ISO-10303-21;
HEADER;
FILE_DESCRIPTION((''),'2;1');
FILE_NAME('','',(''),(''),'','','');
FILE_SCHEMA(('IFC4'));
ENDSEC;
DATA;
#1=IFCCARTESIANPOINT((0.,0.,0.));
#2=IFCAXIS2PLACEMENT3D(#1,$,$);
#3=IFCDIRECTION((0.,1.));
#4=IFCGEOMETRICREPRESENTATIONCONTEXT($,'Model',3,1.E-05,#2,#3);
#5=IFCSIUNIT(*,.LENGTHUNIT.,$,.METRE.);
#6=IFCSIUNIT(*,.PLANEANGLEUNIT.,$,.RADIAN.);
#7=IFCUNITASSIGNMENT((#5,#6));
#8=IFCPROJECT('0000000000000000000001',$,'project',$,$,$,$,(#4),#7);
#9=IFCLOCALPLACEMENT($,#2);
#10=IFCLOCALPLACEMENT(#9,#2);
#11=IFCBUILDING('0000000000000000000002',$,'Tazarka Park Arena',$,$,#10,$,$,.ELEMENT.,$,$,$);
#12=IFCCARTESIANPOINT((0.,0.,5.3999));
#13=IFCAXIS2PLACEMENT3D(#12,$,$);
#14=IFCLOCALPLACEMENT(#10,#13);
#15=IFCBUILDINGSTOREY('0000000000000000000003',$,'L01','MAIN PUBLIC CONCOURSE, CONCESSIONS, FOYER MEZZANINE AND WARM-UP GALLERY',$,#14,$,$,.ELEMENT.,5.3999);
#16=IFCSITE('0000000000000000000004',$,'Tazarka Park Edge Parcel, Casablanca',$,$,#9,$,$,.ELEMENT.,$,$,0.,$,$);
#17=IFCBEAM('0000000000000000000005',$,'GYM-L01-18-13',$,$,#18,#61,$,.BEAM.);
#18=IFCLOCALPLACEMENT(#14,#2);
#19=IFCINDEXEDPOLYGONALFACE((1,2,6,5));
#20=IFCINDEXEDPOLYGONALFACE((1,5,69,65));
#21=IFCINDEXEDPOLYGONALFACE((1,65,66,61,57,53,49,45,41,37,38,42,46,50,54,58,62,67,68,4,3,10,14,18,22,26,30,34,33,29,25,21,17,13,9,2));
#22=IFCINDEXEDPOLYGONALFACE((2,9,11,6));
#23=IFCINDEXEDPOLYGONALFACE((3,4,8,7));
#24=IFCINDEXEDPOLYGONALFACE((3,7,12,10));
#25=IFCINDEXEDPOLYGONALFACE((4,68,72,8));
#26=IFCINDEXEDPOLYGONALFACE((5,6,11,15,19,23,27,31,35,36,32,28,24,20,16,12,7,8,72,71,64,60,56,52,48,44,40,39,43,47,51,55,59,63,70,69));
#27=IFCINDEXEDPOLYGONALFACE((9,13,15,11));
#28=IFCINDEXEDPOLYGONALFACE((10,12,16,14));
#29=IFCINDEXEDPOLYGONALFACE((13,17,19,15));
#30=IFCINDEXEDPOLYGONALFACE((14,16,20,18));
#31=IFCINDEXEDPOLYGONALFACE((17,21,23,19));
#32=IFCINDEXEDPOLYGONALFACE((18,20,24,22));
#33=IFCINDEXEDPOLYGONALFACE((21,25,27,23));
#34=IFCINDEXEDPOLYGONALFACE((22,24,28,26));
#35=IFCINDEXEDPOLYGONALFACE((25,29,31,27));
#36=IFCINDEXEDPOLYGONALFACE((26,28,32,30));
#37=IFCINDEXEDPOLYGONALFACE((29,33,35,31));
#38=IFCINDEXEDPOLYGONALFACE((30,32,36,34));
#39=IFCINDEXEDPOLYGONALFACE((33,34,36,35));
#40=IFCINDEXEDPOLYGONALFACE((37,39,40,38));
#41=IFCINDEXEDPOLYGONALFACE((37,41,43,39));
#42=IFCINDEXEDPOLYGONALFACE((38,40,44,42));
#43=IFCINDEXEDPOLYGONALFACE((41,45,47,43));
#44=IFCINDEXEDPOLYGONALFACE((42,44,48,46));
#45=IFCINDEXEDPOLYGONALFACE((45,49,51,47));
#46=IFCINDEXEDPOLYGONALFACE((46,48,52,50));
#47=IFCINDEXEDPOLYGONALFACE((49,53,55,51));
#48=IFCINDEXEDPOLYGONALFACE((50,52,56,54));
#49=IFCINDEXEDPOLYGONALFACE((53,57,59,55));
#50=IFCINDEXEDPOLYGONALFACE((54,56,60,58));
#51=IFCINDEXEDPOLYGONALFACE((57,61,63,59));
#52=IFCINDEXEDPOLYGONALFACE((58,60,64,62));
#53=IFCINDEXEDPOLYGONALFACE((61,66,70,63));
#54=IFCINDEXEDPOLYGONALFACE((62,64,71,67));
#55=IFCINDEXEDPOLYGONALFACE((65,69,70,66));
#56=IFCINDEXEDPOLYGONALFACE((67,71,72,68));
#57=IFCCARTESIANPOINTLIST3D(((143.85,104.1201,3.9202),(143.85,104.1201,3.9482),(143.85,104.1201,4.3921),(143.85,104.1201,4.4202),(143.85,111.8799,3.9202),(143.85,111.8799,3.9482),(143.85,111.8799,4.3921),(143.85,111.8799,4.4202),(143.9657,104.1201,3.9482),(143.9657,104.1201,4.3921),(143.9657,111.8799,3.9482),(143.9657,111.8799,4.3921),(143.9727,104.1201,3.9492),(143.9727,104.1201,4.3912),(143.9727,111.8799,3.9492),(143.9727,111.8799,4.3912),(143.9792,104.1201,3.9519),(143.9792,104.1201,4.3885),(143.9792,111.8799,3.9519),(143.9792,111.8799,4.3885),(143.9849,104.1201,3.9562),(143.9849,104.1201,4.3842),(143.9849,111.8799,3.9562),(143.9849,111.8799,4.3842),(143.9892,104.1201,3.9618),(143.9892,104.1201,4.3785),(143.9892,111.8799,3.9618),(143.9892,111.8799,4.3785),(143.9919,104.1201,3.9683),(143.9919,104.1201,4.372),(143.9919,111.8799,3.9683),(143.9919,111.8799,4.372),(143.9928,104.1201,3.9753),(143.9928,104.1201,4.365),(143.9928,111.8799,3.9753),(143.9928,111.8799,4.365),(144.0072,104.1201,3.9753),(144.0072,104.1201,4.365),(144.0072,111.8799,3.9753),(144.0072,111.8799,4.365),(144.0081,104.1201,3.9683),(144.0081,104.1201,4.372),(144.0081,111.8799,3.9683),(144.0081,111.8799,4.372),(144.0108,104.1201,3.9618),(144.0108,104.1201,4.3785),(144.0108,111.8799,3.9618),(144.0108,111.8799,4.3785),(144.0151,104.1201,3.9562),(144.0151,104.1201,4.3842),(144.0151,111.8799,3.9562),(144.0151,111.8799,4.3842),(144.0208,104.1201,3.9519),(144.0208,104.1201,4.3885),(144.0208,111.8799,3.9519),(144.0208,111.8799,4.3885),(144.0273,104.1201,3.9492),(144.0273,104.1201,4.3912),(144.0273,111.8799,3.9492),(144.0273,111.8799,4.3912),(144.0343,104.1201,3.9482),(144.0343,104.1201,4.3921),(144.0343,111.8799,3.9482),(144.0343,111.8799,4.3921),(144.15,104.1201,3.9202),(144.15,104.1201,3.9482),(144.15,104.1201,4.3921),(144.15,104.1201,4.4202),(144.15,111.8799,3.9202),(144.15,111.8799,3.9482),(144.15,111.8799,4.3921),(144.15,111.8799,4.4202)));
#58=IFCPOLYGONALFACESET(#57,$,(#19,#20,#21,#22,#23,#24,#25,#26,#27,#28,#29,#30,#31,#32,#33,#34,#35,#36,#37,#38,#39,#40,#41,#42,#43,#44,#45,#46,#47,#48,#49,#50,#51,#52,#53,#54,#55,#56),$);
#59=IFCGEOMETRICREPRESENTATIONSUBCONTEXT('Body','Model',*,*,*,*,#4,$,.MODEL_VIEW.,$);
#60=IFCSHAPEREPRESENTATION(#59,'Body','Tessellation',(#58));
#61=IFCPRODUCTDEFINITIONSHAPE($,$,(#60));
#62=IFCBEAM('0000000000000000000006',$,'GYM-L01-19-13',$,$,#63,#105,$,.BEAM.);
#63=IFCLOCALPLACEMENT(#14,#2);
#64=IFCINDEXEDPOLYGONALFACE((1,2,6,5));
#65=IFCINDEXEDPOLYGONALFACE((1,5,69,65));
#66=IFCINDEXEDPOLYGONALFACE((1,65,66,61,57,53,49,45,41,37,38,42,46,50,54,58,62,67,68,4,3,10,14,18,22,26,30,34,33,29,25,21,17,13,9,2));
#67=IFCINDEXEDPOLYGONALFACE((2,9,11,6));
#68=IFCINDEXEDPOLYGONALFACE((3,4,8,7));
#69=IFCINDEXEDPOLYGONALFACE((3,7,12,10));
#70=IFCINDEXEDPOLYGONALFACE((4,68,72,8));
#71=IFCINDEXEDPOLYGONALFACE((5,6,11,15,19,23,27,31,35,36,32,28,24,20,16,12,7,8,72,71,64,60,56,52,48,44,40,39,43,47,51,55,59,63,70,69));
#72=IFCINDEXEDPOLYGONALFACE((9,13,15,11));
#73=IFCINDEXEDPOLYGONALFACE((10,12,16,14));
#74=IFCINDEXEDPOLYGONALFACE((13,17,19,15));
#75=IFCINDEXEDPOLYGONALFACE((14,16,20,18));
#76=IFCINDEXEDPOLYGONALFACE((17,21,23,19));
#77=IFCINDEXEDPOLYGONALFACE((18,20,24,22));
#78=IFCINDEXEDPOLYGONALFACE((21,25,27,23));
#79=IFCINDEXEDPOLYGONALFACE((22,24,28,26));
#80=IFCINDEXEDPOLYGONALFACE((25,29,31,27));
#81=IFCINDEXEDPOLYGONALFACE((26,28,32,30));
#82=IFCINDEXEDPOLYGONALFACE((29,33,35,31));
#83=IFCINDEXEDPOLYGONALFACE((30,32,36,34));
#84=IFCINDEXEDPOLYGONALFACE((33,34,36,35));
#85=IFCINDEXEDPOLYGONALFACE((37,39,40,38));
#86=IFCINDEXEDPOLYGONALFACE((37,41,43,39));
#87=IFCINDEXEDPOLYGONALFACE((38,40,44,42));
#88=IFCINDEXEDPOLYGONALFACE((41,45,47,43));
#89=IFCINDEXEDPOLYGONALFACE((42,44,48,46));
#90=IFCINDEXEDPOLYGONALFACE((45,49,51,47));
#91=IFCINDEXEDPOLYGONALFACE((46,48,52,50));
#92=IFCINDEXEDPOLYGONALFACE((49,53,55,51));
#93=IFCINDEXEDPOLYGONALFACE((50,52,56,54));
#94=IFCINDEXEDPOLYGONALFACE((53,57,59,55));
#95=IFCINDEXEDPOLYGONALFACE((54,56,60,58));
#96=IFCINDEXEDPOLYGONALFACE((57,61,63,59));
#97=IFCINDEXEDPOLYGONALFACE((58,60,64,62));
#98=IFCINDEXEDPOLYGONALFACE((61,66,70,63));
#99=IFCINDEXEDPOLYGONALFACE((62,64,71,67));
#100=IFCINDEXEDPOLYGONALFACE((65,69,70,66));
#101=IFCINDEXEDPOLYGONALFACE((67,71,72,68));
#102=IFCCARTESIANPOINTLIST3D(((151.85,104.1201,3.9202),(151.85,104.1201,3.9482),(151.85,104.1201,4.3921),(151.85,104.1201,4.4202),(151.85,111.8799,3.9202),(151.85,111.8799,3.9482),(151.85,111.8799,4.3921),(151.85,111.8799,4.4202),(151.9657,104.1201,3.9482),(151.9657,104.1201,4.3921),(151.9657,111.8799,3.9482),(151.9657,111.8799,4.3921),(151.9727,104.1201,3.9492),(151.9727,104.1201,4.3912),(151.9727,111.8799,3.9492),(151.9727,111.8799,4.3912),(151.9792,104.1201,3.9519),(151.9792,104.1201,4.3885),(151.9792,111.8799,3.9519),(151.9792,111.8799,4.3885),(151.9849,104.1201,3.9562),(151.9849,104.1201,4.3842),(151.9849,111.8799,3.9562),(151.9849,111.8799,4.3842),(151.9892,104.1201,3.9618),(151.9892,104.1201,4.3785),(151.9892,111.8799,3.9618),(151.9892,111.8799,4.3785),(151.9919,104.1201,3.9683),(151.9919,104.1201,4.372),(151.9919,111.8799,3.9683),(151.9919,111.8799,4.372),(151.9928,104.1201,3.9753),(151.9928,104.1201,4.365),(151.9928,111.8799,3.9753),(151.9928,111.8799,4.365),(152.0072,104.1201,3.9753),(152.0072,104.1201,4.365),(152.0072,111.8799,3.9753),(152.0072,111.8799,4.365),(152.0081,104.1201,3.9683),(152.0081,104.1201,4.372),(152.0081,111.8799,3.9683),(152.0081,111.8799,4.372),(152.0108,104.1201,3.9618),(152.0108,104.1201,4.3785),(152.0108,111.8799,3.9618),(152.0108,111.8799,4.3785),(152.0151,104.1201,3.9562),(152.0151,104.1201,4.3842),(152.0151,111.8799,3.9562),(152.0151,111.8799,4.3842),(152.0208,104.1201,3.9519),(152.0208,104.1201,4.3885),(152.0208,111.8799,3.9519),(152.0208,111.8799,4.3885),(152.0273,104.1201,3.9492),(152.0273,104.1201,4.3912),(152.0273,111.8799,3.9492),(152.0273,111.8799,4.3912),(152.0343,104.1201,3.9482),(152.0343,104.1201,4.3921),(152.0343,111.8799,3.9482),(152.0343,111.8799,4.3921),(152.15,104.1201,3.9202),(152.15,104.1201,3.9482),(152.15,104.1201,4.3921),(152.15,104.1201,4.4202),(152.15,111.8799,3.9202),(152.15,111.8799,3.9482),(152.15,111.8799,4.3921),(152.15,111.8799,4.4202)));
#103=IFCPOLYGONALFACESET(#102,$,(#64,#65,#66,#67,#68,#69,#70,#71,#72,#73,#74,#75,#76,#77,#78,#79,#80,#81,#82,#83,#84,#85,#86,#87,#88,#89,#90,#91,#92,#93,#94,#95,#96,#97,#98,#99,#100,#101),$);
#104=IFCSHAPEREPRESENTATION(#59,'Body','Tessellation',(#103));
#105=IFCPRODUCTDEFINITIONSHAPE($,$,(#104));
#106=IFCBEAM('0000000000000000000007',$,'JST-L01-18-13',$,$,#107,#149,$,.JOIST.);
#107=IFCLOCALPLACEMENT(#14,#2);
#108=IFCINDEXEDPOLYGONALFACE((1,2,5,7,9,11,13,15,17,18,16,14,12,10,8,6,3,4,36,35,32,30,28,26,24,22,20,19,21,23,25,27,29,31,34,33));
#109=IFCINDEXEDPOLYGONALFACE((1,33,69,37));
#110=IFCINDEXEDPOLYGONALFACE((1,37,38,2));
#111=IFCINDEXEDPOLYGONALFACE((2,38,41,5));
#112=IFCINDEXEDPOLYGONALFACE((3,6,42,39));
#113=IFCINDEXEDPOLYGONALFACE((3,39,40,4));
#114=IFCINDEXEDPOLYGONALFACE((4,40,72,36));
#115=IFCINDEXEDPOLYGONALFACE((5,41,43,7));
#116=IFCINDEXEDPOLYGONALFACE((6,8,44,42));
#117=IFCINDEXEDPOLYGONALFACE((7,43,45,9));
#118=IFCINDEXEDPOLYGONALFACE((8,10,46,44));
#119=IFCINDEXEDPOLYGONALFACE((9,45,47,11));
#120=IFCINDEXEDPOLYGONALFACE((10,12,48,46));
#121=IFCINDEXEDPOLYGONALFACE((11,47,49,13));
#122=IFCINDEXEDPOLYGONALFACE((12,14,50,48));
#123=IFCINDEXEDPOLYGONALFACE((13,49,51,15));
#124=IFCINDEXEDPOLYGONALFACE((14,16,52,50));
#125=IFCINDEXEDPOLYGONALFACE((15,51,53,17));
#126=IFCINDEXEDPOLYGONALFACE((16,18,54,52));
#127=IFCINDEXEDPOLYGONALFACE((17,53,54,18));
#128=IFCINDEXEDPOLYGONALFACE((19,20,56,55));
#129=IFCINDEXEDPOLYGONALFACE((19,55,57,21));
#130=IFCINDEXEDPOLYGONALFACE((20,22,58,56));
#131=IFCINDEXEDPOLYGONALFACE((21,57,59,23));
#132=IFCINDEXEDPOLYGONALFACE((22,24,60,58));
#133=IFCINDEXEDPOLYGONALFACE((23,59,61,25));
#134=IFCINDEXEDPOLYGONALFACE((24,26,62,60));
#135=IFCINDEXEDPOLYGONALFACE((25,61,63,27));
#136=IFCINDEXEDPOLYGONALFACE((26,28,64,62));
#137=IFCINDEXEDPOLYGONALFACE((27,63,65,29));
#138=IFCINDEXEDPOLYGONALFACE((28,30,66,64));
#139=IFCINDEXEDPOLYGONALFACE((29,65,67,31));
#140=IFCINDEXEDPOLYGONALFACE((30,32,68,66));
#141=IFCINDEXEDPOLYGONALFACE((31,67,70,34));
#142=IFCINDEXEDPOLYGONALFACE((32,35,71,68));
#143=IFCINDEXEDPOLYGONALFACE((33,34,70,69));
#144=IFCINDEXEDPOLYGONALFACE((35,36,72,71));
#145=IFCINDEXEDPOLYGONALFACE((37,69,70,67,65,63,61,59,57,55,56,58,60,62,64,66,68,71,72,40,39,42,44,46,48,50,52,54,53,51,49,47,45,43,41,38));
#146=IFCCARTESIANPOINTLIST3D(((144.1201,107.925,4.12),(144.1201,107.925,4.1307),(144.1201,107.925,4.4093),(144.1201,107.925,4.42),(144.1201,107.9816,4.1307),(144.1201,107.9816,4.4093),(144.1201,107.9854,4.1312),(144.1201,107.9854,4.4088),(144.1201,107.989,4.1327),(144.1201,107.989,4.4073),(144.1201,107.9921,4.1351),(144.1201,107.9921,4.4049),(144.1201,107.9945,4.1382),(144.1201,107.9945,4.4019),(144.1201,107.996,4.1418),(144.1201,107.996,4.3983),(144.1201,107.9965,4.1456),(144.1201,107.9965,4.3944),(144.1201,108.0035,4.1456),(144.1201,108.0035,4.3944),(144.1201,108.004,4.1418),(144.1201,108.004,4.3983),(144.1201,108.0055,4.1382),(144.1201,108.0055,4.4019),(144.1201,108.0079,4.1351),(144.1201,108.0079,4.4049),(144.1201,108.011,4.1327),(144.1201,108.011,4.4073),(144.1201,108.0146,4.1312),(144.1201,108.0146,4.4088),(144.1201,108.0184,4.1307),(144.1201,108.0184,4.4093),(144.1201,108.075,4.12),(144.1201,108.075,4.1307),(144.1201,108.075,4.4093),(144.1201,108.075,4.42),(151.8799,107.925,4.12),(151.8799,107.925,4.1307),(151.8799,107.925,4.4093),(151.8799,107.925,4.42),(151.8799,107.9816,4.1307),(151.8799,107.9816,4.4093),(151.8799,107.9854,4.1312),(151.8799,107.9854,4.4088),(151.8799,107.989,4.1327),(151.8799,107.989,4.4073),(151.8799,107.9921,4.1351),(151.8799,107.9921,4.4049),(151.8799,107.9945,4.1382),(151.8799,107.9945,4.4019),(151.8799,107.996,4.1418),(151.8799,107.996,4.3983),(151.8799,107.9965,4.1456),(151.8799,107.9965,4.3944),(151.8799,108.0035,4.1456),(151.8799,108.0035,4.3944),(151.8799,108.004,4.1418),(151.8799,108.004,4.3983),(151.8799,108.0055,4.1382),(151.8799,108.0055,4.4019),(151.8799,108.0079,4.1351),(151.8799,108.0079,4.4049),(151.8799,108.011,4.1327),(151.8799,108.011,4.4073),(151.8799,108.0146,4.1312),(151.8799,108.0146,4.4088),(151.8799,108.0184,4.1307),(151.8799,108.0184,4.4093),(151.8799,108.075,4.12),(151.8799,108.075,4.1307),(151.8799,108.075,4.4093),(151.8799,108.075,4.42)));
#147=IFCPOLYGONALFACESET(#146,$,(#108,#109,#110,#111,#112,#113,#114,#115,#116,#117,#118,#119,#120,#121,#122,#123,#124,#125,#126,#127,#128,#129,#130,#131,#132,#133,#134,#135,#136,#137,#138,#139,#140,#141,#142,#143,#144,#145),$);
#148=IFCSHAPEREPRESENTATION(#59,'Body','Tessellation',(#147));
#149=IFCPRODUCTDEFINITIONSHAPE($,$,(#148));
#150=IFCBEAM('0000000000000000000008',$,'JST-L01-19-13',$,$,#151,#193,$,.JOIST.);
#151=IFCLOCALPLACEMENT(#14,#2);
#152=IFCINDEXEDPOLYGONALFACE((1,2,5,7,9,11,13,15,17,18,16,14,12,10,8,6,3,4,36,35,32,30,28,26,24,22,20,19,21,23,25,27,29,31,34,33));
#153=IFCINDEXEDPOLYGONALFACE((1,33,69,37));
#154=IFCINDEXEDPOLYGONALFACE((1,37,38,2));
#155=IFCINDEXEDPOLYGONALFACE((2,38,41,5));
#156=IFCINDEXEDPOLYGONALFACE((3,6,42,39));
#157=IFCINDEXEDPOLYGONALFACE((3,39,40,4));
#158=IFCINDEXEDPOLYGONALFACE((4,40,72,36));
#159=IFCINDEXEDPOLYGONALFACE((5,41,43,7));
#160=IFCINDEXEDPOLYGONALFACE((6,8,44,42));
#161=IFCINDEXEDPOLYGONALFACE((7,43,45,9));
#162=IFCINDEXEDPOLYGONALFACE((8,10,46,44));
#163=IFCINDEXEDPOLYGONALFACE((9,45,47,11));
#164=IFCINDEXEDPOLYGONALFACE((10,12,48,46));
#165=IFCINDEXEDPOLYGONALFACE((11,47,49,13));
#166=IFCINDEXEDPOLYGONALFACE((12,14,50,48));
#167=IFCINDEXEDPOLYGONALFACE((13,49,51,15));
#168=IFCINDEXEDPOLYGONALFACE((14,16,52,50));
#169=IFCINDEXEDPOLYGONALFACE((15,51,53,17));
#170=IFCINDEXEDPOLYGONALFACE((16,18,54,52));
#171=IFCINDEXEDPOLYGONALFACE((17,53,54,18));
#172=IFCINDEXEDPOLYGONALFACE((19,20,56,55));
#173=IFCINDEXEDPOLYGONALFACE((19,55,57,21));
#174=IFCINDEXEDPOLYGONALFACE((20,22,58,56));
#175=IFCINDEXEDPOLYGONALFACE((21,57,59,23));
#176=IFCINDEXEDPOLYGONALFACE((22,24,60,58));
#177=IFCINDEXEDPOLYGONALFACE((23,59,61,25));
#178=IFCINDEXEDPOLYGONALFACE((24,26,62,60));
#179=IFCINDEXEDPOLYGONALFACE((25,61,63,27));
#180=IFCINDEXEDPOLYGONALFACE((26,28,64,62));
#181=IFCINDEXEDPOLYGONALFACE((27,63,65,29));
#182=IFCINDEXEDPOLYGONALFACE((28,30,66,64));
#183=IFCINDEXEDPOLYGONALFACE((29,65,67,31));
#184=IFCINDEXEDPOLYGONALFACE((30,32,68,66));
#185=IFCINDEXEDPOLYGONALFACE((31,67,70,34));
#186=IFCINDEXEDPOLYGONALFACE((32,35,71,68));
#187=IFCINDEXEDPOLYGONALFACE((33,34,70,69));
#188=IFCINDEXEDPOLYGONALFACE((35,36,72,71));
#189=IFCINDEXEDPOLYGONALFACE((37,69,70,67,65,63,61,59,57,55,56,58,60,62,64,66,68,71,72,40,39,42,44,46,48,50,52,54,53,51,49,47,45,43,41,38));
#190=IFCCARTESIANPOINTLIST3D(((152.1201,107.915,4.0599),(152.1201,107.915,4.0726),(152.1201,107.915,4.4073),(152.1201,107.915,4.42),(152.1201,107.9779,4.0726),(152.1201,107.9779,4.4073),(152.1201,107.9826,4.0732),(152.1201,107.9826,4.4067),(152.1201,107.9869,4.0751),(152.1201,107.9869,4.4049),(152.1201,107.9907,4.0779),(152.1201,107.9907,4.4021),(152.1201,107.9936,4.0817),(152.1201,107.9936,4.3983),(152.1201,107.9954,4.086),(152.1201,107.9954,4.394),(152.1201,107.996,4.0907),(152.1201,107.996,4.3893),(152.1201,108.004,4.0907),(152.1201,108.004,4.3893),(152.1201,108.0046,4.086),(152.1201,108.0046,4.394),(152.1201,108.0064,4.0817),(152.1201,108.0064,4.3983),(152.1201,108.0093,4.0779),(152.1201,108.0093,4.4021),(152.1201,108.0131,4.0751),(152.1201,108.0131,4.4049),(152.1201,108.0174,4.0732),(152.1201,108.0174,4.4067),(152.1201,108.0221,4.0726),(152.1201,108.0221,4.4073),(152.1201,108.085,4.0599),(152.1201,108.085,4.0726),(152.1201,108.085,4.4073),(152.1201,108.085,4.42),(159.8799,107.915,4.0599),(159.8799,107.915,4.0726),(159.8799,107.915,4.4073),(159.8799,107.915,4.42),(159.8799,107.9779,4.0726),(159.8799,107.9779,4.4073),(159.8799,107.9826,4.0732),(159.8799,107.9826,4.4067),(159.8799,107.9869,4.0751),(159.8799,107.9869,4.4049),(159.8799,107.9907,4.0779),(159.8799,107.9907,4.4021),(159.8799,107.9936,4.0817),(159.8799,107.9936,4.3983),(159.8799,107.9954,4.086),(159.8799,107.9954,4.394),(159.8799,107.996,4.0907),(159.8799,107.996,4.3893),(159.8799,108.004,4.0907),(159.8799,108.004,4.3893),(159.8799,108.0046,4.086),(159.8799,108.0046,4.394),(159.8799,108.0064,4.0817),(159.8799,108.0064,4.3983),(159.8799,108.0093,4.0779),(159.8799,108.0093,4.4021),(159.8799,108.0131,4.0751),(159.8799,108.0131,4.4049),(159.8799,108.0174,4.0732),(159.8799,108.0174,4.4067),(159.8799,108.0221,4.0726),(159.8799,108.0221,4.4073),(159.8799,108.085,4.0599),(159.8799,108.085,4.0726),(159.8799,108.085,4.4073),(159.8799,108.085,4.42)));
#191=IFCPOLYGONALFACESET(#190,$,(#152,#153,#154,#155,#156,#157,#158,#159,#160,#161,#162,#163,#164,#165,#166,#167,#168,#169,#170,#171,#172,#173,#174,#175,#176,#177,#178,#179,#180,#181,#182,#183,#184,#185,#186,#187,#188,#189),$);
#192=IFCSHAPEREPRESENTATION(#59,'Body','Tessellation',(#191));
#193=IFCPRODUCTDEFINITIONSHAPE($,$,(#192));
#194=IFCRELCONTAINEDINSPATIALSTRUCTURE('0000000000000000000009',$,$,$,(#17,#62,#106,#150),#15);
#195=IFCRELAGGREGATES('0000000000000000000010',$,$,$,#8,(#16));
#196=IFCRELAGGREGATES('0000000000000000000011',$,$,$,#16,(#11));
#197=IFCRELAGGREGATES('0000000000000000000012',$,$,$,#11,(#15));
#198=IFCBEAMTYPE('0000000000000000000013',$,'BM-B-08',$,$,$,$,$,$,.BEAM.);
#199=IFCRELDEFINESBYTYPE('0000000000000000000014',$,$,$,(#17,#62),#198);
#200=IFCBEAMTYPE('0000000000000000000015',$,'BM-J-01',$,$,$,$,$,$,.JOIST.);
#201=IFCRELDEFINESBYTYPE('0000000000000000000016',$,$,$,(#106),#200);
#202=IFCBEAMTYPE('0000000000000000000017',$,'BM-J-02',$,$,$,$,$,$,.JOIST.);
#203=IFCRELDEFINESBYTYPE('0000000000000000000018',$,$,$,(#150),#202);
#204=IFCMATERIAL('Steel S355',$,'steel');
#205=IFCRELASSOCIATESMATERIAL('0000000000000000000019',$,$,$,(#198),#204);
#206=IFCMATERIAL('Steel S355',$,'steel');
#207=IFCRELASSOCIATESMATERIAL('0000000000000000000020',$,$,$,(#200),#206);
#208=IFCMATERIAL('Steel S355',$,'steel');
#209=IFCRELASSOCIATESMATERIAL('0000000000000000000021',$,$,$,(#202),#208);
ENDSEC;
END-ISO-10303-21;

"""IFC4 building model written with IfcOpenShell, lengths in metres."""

from ifc_helpers import new_model, si_unit, direction, frame, origin, origin_2d, place, context, subcontext, project, spatial, i_section, extrude, material, material_profile, profile_set, type_object, element, save


model = new_model("IFC4")

# Units and contexts
model_context = context("Model", 3, precision=1e-05, world=origin(), true_north=direction((0.0, 1.0)))
body_context = subcontext(model_context, "Body", "Model", "MODEL_VIEW")
ifc_project = project(units=[si_unit("LENGTHUNIT", "METRE"), si_unit("PLANEANGLEUNIT", "RADIAN")], contexts=[model_context])

# Site, building, storey
site_placement = place(None, origin())
site = spatial("IfcSite", under=ifc_project, at=site_placement, Name="Tazarka Park Edge Parcel, Casablanca", CompositionType="ELEMENT", RefElevation=0.0)
building_placement = place(site_placement, origin())
building = spatial("IfcBuilding", under=site, at=building_placement, Name="Tazarka Park Arena", CompositionType="ELEMENT")
storey_placement = place(building_placement, frame((0.0, 0.0, 5.3999)))
storey = spatial("IfcBuildingStorey", under=building, at=storey_placement, Name="L01", Description="MAIN PUBLIC CONCOURSE, CONCESSIONS, FOYER MEZZANINE AND WARM-UP GALLERY", CompositionType="ELEMENT", Elevation=5.3999)

# Beams
ifc_material_1 = material(Name="Steel S355", Category="steel")
ifc_material_profile_1 = material_profile(ifc_material_1, i_section(OverallWidth=0.3, OverallDepth=0.5, WebThickness=0.0144, FlangeThickness=0.0281, FilletRadius=0.0271, at=origin_2d()), Name="Steel S355")
ifc_profile_set_1 = profile_set([ifc_material_profile_1], Name="Steel S355")
beam_type_1 = type_object("IfcBeamType", Name="BM-B-08", PredefinedType="BEAM", material=ifc_profile_set_1)
for number, where, z_axis, x_axis, name in (
    (1, (144.0, 104.1201, 4.1702), (0.0, 1.0, 0.0), (-1.0, 0.0, 0.0), "GYM-L01-18-13"),
    (2, (152.0, 104.1201, 4.1702), (0.0, 1.0, 0.0), (-1.0, 0.0, 0.0), "GYM-L01-19-13"),
):
    element("IfcBeam", number, at=place(storey_placement, frame(where, z_axis=z_axis, x_axis=x_axis)), inside=storey, type_object=beam_type_1, Name=name, PredefinedType="BEAM", context=body_context, shape_type="SweptSolid", body=[
        extrude(i_section(OverallWidth=0.3, OverallDepth=0.5, WebThickness=0.0144, FlangeThickness=0.0281, FilletRadius=0.0271, at=origin_2d()), origin(), (0.0, 0.0, 1.0), 7.7598),
    ])
ifc_material_2 = material(Name="Steel S355", Category="steel")
ifc_material_profile_2 = material_profile(ifc_material_2, i_section(OverallWidth=0.1499, OverallDepth=0.3, WebThickness=0.0071, FlangeThickness=0.0107, FilletRadius=0.0149, at=origin_2d()), Name="Steel S355")
ifc_profile_set_2 = profile_set([ifc_material_profile_2], Name="Steel S355")
beam_type_2 = type_object("IfcBeamType", Name="BM-J-01", PredefinedType="JOIST", material=ifc_profile_set_2)
beam_1_placement = place(storey_placement, frame((144.1201, 108.0, 4.27), z_axis=(1.0, 0.0, 0.0), x_axis=(0.0, 1.0, 0.0)))
element("IfcBeam", 3, at=beam_1_placement, inside=storey, type_object=beam_type_2, Name="JST-L01-18-13", PredefinedType="JOIST", context=body_context, shape_type="SweptSolid", body=[
    extrude(i_section(OverallWidth=0.1499, OverallDepth=0.3, WebThickness=0.0071, FlangeThickness=0.0107, FilletRadius=0.0149, at=origin_2d()), origin(), (0.0, 0.0, 1.0), 7.7598),
])
ifc_material_3 = material(Name="Steel S355", Category="steel")
ifc_material_profile_3 = material_profile(ifc_material_3, i_section(OverallWidth=0.1699, OverallDepth=0.3601, WebThickness=0.0081, FlangeThickness=0.0127, FilletRadius=0.0181, at=origin_2d()), Name="Steel S355")
ifc_profile_set_3 = profile_set([ifc_material_profile_3], Name="Steel S355")
beam_type_3 = type_object("IfcBeamType", Name="BM-J-02", PredefinedType="JOIST", material=ifc_profile_set_3)
beam_2_placement = place(storey_placement, frame((152.1201, 108.0, 4.24), z_axis=(1.0, 0.0, 0.0), x_axis=(0.0, 1.0, 0.0)))
element("IfcBeam", 4, at=beam_2_placement, inside=storey, type_object=beam_type_3, Name="JST-L01-19-13", PredefinedType="JOIST", context=body_context, shape_type="SweptSolid", body=[
    extrude(i_section(OverallWidth=0.1699, OverallDepth=0.3601, WebThickness=0.0081, FlangeThickness=0.0127, FilletRadius=0.0181, at=origin_2d()), origin(), (0.0, 0.0, 1.0), 7.7598),
])

save(model, "model.ifc")
